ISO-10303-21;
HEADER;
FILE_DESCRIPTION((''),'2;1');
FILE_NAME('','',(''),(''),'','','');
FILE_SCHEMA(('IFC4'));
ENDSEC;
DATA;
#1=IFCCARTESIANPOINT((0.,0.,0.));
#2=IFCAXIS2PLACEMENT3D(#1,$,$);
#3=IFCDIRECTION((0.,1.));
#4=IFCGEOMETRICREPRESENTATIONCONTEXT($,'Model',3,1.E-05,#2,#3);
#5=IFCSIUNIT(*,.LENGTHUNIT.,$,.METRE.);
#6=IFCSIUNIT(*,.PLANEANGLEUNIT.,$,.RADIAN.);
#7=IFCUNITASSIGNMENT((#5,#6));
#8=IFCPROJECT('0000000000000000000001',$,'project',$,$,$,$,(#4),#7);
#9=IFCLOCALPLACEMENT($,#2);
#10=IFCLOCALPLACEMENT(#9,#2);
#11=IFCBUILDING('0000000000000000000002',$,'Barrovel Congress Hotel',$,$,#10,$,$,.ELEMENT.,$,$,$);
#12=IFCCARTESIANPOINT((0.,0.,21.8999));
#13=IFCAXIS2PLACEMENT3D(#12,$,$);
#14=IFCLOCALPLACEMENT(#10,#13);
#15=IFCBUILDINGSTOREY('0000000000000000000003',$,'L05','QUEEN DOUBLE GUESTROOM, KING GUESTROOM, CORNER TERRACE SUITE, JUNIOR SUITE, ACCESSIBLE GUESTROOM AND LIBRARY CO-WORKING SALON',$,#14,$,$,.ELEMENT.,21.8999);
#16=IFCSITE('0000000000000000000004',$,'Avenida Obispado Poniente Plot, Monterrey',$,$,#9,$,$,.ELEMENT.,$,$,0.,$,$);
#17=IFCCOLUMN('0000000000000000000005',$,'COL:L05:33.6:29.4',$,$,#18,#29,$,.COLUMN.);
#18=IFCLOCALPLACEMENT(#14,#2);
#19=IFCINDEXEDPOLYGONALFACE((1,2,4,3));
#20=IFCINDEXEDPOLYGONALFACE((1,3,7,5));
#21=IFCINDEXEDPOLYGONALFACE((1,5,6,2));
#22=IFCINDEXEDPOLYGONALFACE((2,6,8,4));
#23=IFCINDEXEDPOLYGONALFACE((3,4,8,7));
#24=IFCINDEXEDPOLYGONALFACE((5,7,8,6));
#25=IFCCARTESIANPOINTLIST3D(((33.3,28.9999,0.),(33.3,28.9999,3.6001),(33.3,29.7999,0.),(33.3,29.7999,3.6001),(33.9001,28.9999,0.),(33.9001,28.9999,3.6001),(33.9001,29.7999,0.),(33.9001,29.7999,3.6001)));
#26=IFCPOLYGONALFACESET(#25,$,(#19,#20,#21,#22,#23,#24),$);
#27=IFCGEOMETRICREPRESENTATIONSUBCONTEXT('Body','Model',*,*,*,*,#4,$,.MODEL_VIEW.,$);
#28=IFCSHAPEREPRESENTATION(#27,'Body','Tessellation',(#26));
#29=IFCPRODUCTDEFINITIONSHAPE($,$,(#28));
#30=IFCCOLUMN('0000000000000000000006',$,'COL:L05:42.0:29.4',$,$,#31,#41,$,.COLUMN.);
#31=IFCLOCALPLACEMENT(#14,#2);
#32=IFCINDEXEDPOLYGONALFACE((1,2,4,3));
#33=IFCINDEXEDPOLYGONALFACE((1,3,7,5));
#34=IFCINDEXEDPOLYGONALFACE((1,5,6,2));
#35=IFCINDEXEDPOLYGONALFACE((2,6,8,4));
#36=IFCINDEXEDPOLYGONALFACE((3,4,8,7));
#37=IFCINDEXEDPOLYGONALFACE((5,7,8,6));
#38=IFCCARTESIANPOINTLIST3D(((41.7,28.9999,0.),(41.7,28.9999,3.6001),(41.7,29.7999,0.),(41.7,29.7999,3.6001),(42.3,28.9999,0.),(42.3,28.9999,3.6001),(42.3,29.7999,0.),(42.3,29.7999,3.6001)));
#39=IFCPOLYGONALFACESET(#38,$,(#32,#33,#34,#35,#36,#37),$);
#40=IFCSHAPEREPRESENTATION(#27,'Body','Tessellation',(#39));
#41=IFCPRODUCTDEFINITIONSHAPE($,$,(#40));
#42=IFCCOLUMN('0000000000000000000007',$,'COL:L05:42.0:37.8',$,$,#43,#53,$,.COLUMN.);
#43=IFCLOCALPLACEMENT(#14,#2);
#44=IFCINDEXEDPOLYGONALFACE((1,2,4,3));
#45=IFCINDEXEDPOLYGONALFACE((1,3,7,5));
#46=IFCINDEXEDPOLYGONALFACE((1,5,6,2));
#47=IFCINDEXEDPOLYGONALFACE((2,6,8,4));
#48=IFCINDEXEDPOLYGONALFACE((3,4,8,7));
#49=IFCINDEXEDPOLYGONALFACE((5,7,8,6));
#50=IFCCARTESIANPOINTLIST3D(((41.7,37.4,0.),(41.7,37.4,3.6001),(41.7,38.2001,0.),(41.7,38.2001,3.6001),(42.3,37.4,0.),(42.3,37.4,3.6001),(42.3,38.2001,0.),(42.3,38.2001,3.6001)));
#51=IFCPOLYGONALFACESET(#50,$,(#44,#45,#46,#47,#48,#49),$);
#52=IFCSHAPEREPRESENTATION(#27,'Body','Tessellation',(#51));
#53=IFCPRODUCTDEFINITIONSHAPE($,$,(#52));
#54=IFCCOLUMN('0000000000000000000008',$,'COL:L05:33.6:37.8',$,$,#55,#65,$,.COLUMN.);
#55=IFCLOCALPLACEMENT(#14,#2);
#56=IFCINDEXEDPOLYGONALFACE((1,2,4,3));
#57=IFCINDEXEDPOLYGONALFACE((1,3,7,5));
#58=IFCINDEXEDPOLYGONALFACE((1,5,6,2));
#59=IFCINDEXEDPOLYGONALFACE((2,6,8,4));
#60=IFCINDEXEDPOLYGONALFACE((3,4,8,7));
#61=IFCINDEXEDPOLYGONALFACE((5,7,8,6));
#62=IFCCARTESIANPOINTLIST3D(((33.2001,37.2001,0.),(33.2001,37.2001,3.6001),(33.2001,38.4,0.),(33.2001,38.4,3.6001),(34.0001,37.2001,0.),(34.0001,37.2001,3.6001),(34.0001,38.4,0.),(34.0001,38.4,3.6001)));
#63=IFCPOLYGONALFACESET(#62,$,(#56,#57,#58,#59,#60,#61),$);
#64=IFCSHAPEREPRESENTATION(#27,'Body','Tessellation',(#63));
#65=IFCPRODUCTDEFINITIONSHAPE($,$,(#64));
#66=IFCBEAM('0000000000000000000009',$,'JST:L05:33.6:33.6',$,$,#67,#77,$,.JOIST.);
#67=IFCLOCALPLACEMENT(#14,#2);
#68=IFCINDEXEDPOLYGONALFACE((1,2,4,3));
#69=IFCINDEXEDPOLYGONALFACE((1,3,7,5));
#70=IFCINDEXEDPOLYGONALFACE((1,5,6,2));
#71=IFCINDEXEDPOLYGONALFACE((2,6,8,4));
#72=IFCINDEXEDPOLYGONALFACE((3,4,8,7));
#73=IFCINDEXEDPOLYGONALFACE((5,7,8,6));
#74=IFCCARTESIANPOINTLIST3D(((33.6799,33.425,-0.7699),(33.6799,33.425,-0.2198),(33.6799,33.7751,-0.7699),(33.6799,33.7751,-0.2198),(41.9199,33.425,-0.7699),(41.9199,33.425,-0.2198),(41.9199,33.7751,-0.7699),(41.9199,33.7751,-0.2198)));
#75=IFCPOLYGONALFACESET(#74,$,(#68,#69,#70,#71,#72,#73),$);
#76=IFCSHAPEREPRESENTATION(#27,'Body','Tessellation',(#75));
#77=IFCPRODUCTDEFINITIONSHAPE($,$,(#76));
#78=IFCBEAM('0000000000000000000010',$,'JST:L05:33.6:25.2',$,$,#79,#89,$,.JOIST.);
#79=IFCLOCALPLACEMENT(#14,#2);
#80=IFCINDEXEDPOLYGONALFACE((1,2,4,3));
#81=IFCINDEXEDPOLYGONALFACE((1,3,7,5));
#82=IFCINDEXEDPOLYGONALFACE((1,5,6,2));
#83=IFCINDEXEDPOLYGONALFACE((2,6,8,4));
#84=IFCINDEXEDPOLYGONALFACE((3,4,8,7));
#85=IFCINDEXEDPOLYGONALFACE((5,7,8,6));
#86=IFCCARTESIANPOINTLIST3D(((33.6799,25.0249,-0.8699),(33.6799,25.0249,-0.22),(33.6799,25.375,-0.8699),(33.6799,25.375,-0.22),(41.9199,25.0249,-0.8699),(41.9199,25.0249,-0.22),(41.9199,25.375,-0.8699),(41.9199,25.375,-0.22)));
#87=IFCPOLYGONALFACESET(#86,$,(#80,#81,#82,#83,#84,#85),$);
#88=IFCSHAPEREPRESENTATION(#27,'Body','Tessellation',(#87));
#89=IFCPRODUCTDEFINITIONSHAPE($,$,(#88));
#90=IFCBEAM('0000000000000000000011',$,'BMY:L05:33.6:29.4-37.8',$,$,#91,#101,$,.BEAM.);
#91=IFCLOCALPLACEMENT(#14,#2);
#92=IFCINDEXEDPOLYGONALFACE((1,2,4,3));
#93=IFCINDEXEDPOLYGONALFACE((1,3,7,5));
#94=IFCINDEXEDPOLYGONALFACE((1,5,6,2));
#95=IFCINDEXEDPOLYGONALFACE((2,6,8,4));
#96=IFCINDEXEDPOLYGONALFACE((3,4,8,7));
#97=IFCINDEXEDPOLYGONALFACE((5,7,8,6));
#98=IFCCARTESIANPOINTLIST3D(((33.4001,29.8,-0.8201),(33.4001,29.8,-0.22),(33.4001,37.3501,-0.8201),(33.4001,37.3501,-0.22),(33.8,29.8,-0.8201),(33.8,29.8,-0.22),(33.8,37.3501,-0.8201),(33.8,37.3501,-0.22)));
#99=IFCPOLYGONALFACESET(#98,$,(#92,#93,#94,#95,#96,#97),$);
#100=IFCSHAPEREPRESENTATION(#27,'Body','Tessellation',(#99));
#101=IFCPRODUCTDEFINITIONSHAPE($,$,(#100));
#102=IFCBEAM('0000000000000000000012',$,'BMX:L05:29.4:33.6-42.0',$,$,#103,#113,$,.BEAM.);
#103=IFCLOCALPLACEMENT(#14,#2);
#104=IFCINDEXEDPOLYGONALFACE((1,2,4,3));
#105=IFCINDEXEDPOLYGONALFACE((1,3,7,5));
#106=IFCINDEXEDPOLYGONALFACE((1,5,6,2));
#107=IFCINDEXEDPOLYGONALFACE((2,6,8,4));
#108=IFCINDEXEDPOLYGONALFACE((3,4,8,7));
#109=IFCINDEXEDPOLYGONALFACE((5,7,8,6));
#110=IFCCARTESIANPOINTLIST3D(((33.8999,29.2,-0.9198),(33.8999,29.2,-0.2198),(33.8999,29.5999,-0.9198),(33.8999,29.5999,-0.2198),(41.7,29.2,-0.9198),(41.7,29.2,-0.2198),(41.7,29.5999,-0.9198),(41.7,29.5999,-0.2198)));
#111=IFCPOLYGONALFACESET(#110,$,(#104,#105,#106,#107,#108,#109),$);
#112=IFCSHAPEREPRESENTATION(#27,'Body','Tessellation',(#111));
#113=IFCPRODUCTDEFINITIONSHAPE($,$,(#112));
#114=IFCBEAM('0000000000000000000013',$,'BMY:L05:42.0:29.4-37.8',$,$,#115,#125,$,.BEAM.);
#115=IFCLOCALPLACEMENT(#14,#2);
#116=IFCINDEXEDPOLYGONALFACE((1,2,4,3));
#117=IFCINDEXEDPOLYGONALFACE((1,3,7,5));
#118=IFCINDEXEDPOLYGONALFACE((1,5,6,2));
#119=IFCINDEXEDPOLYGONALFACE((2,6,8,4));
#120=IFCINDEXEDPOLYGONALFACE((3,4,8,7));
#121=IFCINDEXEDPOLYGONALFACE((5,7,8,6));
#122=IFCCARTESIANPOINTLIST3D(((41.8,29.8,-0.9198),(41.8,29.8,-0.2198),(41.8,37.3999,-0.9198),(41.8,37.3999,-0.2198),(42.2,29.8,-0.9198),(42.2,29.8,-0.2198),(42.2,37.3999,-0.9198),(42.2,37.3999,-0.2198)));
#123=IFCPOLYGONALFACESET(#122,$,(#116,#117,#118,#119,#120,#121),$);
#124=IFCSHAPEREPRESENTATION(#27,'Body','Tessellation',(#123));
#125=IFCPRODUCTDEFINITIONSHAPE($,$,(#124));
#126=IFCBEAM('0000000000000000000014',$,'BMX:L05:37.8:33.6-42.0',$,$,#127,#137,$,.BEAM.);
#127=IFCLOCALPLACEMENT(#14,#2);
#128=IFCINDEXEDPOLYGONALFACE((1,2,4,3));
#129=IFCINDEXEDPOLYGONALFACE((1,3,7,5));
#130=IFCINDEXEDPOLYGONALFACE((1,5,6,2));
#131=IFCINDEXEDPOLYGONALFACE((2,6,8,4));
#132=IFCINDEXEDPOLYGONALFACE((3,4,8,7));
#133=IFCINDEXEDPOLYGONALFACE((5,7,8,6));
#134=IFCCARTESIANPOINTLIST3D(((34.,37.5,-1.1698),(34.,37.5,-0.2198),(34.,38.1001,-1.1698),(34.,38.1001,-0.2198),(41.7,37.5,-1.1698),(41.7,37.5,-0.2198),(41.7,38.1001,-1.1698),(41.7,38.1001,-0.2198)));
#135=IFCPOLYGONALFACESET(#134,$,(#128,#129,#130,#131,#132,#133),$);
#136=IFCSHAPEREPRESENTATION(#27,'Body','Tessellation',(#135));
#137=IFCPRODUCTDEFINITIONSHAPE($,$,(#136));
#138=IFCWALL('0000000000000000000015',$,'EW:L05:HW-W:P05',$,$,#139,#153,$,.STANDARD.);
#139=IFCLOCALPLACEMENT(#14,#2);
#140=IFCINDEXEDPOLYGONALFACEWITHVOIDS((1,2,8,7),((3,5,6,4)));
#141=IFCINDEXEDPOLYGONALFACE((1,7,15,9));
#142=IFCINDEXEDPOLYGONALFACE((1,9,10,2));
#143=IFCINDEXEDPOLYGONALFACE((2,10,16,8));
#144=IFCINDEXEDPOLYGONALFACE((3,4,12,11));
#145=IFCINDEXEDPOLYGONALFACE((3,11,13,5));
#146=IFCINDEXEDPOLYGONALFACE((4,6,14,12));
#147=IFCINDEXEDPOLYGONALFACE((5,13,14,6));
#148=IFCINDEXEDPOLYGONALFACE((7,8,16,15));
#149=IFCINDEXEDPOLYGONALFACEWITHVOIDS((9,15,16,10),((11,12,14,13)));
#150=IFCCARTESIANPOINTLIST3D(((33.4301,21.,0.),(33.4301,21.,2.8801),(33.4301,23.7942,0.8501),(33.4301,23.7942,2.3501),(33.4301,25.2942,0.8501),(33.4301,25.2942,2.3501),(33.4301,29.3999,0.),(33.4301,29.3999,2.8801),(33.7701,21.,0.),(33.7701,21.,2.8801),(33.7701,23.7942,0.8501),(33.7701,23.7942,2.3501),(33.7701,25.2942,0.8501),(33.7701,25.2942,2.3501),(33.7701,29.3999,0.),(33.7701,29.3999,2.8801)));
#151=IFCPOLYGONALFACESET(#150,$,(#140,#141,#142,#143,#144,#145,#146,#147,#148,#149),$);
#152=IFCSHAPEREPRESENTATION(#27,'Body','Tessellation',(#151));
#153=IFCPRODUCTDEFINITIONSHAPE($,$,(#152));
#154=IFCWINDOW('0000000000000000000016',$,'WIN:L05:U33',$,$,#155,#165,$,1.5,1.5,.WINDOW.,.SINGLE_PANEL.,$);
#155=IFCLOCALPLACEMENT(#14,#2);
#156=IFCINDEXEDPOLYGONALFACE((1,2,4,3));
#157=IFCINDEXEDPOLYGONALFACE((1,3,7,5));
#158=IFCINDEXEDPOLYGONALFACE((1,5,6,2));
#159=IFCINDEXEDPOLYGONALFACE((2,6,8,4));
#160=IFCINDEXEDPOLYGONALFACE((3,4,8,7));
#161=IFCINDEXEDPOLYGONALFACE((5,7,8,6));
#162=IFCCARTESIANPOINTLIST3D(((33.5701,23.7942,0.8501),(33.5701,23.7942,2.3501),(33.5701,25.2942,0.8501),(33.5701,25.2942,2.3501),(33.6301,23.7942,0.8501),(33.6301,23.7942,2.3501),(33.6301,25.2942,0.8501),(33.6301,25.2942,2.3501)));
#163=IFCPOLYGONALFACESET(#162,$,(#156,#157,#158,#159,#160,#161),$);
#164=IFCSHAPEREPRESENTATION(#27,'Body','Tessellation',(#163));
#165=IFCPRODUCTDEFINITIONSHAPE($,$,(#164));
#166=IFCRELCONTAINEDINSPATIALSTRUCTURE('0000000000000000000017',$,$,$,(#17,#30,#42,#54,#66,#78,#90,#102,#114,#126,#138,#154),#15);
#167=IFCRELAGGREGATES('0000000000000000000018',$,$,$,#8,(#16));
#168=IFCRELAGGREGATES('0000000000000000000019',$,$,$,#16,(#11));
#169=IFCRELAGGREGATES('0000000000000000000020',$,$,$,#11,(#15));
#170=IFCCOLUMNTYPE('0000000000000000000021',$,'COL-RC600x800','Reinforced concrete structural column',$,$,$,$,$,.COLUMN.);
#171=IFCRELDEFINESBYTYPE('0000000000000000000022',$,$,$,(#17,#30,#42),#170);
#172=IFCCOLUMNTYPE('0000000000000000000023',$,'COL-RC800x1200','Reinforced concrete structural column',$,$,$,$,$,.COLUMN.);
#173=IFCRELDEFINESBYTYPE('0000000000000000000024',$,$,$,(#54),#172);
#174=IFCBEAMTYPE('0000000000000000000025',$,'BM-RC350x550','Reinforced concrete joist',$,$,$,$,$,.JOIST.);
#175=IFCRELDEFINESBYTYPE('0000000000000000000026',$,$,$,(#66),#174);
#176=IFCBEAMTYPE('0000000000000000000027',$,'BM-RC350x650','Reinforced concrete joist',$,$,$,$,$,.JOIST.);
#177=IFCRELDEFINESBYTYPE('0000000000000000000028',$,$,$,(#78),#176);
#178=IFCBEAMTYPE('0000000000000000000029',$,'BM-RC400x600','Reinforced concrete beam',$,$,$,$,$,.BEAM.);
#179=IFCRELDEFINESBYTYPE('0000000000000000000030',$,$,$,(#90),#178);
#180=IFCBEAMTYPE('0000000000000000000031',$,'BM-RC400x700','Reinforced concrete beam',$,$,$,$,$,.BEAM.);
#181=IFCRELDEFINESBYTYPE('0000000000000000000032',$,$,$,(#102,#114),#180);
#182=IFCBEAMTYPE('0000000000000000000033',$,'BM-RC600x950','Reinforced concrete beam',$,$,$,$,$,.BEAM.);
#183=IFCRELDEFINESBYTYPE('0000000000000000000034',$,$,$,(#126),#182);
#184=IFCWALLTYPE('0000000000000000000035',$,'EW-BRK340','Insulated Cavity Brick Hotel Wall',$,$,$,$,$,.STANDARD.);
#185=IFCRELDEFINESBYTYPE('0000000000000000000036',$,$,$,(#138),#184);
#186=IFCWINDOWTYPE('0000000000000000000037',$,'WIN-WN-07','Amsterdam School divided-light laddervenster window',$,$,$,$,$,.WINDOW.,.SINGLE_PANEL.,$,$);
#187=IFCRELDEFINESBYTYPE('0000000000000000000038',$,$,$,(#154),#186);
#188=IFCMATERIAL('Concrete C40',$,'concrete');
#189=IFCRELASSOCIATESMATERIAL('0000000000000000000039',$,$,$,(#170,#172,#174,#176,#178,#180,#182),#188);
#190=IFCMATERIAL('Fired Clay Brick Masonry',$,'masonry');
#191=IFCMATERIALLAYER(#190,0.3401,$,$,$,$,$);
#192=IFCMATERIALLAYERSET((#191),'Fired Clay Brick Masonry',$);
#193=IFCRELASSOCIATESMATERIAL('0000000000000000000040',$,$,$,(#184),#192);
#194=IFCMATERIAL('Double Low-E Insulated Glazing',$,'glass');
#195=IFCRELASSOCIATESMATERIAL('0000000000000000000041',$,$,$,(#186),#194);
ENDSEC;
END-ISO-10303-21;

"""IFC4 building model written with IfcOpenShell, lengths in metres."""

from ifc_helpers import new_model, si_unit, direction, frame, frame_2d, origin, origin_2d, place, context, subcontext, project, spatial, rectangle, extrude, material, layer, layer_set, material_profile, profile_set, type_object, element, fill, save


model = new_model("IFC4")

# Units and contexts
model_context = context("Model", 3, precision=1e-05, world=origin(), true_north=direction((0.0, 1.0)))
body_context = subcontext(model_context, "Body", "Model", "MODEL_VIEW")
ifc_project = project(units=[si_unit("LENGTHUNIT", "METRE"), si_unit("PLANEANGLEUNIT", "RADIAN")], contexts=[model_context])

# Site, building, storey
site_placement = place(None, origin())
site = spatial("IfcSite", under=ifc_project, at=site_placement, Name="Avenida Obispado Poniente Plot, Monterrey", CompositionType="ELEMENT", RefElevation=0.0)
building_placement = place(site_placement, origin())
building = spatial("IfcBuilding", under=site, at=building_placement, Name="Barrovel Congress Hotel", CompositionType="ELEMENT")
storey_placement = place(building_placement, frame((0.0, 0.0, 21.8999)))
storey = spatial("IfcBuildingStorey", under=building, at=storey_placement, Name="L05", Description="QUEEN DOUBLE GUESTROOM, KING GUESTROOM, CORNER TERRACE SUITE, JUNIOR SUITE, ACCESSIBLE GUESTROOM AND LIBRARY CO-WORKING SALON", CompositionType="ELEMENT", Elevation=21.8999)

# Columns
ifc_material_1 = material(Name="Concrete C40", Category="concrete")
ifc_material_profile_1 = material_profile(ifc_material_1, rectangle(XDim=0.6001, YDim=0.8, at=origin_2d()), Name="RC600x800")
ifc_profile_set_1 = profile_set([ifc_material_profile_1], Name="Concrete C40")
column_type_1 = type_object("IfcColumnType", Name="COL-RC600x800", Description="Reinforced concrete structural column", PredefinedType="COLUMN", material=ifc_profile_set_1)
for number, where, z_axis, x_axis, name in (
    (1, (33.6001, 29.3999, 0.0), (0.0, 0.0, 1.0), (1.0, 0.0, 0.0), "COL:L05:33.6:29.4"),
    (2, (42.0, 29.3999, 0.0), (0.0, 0.0, 1.0), (1.0, 0.0, 0.0), "COL:L05:42.0:29.4"),
    (3, (42.0, 37.8, 0.0), (0.0, 0.0, 1.0), (1.0, 0.0, 0.0), "COL:L05:42.0:37.8"),
):
    element("IfcColumn", number, at=place(storey_placement, frame(where, z_axis=z_axis, x_axis=x_axis)), inside=storey, type_object=column_type_1, Name=name, PredefinedType="COLUMN", context=body_context, shape_type="SweptSolid", body=[
        extrude(rectangle(XDim=0.6001, YDim=0.8, at=origin_2d()), origin(), (0.0, 0.0, 1.0), 3.6001),
    ])
ifc_material_profile_2 = material_profile(ifc_material_1, rectangle(XDim=0.8, YDim=1.2, at=origin_2d()), Name="RC800x1200")
ifc_profile_set_2 = profile_set([ifc_material_profile_2], Name="Concrete C40")
column_type_2 = type_object("IfcColumnType", Name="COL-RC800x1200", Description="Reinforced concrete structural column", PredefinedType="COLUMN", material=ifc_profile_set_2)
column_placement = place(storey_placement, frame((33.6001, 37.8, 0.0), z_axis=(0.0, 0.0, 1.0), x_axis=(1.0, 0.0, 0.0)))
element("IfcColumn", 4, at=column_placement, inside=storey, type_object=column_type_2, Name="COL:L05:33.6:37.8", PredefinedType="COLUMN", context=body_context, shape_type="SweptSolid", body=[
    extrude(rectangle(XDim=0.8, YDim=1.2, at=origin_2d()), origin(), (0.0, 0.0, 1.0), 3.6001),
])

# Beams
ifc_material_profile_3 = material_profile(ifc_material_1, rectangle(XDim=0.3501, YDim=0.55, at=origin_2d()), Name="RC350x550")
ifc_profile_set_3 = profile_set([ifc_material_profile_3], Name="Concrete C40")
beam_type_1 = type_object("IfcBeamType", Name="BM-RC350x550", Description="Reinforced concrete joist", PredefinedType="JOIST", material=ifc_profile_set_3)
beam_1_placement = place(storey_placement, frame((33.6799, 33.6001, -0.4949), z_axis=(1.0, 0.0, 0.0), x_axis=(0.0, 1.0, 0.0)))
element("IfcBeam", 5, at=beam_1_placement, inside=storey, type_object=beam_type_1, Name="JST:L05:33.6:33.6", PredefinedType="JOIST", context=body_context, shape_type="SweptSolid", body=[
    extrude(rectangle(XDim=0.3501, YDim=0.55, at=origin_2d()), origin(), (0.0, 0.0, 1.0), 8.24),
])
ifc_material_profile_4 = material_profile(ifc_material_1, rectangle(XDim=0.3501, YDim=0.6499, at=origin_2d()), Name="RC350x650")
ifc_profile_set_4 = profile_set([ifc_material_profile_4], Name="Concrete C40")
beam_type_2 = type_object("IfcBeamType", Name="BM-RC350x650", Description="Reinforced concrete joist", PredefinedType="JOIST", material=ifc_profile_set_4)
beam_2_placement = place(storey_placement, frame((33.6799, 25.2, -0.5449), z_axis=(1.0, 0.0, 0.0), x_axis=(0.0, 1.0, 0.0)))
element("IfcBeam", 6, at=beam_2_placement, inside=storey, type_object=beam_type_2, Name="JST:L05:33.6:25.2", PredefinedType="JOIST", context=body_context, shape_type="SweptSolid", body=[
    extrude(rectangle(XDim=0.3501, YDim=0.6499, at=origin_2d()), origin(), (0.0, 0.0, 1.0), 8.24),
])
ifc_material_profile_5 = material_profile(ifc_material_1, rectangle(XDim=0.3999, YDim=0.6001, at=origin_2d()), Name="RC400x600")
ifc_profile_set_5 = profile_set([ifc_material_profile_5], Name="Concrete C40")
beam_type_3 = type_object("IfcBeamType", Name="BM-RC400x600", Description="Reinforced concrete beam", PredefinedType="BEAM", material=ifc_profile_set_5)
beam_3_placement = place(storey_placement, frame((33.6001, 29.8, -0.52), z_axis=(0.0, 1.0, 0.0), x_axis=(-1.0, 0.0, 0.0)))
element("IfcBeam", 7, at=beam_3_placement, inside=storey, type_object=beam_type_3, Name="BMY:L05:33.6:29.4-37.8", PredefinedType="BEAM", context=body_context, shape_type="SweptSolid", body=[
    extrude(rectangle(XDim=0.3999, YDim=0.6001, at=origin_2d()), origin(), (0.0, 0.0, 1.0), 7.55),
])
ifc_material_profile_6 = material_profile(ifc_material_1, rectangle(XDim=0.3999, YDim=0.7, at=origin_2d()), Name="RC400x700")
ifc_profile_set_6 = profile_set([ifc_material_profile_6], Name="Concrete C40")
beam_type_4 = type_object("IfcBeamType", Name="BM-RC400x700", Description="Reinforced concrete beam", PredefinedType="BEAM", material=ifc_profile_set_6)
beam_4_placement = place(storey_placement, frame((33.8999, 29.3999, -0.5698), z_axis=(1.0, 0.0, 0.0), x_axis=(0.0, 1.0, 0.0)))
element("IfcBeam", 8, at=beam_4_placement, inside=storey, type_object=beam_type_4, Name="BMX:L05:29.4:33.6-42.0", PredefinedType="BEAM", context=body_context, shape_type="SweptSolid", body=[
    extrude(rectangle(XDim=0.3999, YDim=0.7, at=origin_2d()), origin(), (0.0, 0.0, 1.0), 7.8),
])
beam_5_placement = place(storey_placement, frame((42.0, 29.8, -0.5698), z_axis=(0.0, 1.0, 0.0), x_axis=(-1.0, 0.0, 0.0)))
element("IfcBeam", 9, at=beam_5_placement, inside=storey, type_object=beam_type_4, Name="BMY:L05:42.0:29.4-37.8", PredefinedType="BEAM", context=body_context, shape_type="SweptSolid", body=[
    extrude(rectangle(XDim=0.3999, YDim=0.7, at=origin_2d()), origin(), (0.0, 0.0, 1.0), 7.5999),
])
ifc_material_profile_7 = material_profile(ifc_material_1, rectangle(XDim=0.6001, YDim=0.95, at=origin_2d()), Name="RC600x950")
ifc_profile_set_7 = profile_set([ifc_material_profile_7], Name="Concrete C40")
beam_type_5 = type_object("IfcBeamType", Name="BM-RC600x950", Description="Reinforced concrete beam", PredefinedType="BEAM", material=ifc_profile_set_7)
beam_6_placement = place(storey_placement, frame((34.0, 37.8, -0.6948), z_axis=(1.0, 0.0, 0.0), x_axis=(0.0, 1.0, 0.0)))
element("IfcBeam", 10, at=beam_6_placement, inside=storey, type_object=beam_type_5, Name="BMX:L05:37.8:33.6-42.0", PredefinedType="BEAM", context=body_context, shape_type="SweptSolid", body=[
    extrude(rectangle(XDim=0.6001, YDim=0.95, at=origin_2d()), origin(), (0.0, 0.0, 1.0), 7.7),
])

# Wall, opening, window
ifc_material_2 = material(Name="Fired Clay Brick Masonry", Category="masonry")
ifc_layer_1 = layer(ifc_material_2, 0.3401)
ifc_layer_set_1 = layer_set([ifc_layer_1], Name="Fired Clay Brick Masonry")
wall_type_1 = type_object("IfcWallType", Name="EW-BRK340", Description="Insulated Cavity Brick Hotel Wall", PredefinedType="STANDARD", material=ifc_layer_set_1)
wall_1_placement = place(storey_placement, frame((33.6001, 29.3999, 0.0), z_axis=(0.0, 0.0, 1.0), x_axis=(0.0, -1.0, 0.0)))
wall_1 = element("IfcWall", 11, at=wall_1_placement, inside=storey, type_object=wall_type_1, Name="EW:L05:HW-W:P05", PredefinedType="STANDARD", context=body_context, shape_type="SweptSolid", body=[
    extrude(rectangle(XDim=8.3999, YDim=0.3401, at=frame_2d((4.2, 0.0))), origin(), (0.0, 0.0, 1.0), 2.8801),
])
opening_1_placement = place(wall_1_placement, frame((4.1057, 0.0, 0.8501)))
opening_1 = element("IfcOpeningElement", 12, at=opening_1_placement, cuts=wall_1, PredefinedType="OPENING", context=body_context, shape_type="SweptSolid", body=[
    extrude(rectangle(XDim=1.5, YDim=1.5, at=frame_2d((0.75, 0.75))), frame((0.0, 0.1802, 0.0), z_axis=(0.0, -1.0, 0.0), x_axis=(1.0, 0.0, 0.0)), (0.0, 0.0, 1.0), 0.3601),
])
ifc_material_3 = material(Name="Double Low-E Insulated Glazing", Category="glass")
window_type = type_object("IfcWindowType", Name="WIN-WN-07", Description="Amsterdam School divided-light laddervenster window", PartitioningType="SINGLE_PANEL", PredefinedType="WINDOW", material=ifc_material_3)
window_placement = place(opening_1_placement, origin())
window = element("IfcWindow", 13, at=window_placement, inside=storey, type_object=window_type, Name="WIN:L05:U33", OverallHeight=1.5, OverallWidth=1.5, PartitioningType="SINGLE_PANEL", PredefinedType="WINDOW", context=body_context, shape_type="SweptSolid", body=[
    extrude(rectangle(XDim=1.5, YDim=1.5, at=frame_2d((0.75, 0.75))), frame((0.0, 0.03, 0.0), z_axis=(0.0, -1.0, 0.0), x_axis=(1.0, 0.0, 0.0)), (0.0, 0.0, 1.0), 0.0601),
])
fill(opening_1, window)

save(model, "model.ifc")
